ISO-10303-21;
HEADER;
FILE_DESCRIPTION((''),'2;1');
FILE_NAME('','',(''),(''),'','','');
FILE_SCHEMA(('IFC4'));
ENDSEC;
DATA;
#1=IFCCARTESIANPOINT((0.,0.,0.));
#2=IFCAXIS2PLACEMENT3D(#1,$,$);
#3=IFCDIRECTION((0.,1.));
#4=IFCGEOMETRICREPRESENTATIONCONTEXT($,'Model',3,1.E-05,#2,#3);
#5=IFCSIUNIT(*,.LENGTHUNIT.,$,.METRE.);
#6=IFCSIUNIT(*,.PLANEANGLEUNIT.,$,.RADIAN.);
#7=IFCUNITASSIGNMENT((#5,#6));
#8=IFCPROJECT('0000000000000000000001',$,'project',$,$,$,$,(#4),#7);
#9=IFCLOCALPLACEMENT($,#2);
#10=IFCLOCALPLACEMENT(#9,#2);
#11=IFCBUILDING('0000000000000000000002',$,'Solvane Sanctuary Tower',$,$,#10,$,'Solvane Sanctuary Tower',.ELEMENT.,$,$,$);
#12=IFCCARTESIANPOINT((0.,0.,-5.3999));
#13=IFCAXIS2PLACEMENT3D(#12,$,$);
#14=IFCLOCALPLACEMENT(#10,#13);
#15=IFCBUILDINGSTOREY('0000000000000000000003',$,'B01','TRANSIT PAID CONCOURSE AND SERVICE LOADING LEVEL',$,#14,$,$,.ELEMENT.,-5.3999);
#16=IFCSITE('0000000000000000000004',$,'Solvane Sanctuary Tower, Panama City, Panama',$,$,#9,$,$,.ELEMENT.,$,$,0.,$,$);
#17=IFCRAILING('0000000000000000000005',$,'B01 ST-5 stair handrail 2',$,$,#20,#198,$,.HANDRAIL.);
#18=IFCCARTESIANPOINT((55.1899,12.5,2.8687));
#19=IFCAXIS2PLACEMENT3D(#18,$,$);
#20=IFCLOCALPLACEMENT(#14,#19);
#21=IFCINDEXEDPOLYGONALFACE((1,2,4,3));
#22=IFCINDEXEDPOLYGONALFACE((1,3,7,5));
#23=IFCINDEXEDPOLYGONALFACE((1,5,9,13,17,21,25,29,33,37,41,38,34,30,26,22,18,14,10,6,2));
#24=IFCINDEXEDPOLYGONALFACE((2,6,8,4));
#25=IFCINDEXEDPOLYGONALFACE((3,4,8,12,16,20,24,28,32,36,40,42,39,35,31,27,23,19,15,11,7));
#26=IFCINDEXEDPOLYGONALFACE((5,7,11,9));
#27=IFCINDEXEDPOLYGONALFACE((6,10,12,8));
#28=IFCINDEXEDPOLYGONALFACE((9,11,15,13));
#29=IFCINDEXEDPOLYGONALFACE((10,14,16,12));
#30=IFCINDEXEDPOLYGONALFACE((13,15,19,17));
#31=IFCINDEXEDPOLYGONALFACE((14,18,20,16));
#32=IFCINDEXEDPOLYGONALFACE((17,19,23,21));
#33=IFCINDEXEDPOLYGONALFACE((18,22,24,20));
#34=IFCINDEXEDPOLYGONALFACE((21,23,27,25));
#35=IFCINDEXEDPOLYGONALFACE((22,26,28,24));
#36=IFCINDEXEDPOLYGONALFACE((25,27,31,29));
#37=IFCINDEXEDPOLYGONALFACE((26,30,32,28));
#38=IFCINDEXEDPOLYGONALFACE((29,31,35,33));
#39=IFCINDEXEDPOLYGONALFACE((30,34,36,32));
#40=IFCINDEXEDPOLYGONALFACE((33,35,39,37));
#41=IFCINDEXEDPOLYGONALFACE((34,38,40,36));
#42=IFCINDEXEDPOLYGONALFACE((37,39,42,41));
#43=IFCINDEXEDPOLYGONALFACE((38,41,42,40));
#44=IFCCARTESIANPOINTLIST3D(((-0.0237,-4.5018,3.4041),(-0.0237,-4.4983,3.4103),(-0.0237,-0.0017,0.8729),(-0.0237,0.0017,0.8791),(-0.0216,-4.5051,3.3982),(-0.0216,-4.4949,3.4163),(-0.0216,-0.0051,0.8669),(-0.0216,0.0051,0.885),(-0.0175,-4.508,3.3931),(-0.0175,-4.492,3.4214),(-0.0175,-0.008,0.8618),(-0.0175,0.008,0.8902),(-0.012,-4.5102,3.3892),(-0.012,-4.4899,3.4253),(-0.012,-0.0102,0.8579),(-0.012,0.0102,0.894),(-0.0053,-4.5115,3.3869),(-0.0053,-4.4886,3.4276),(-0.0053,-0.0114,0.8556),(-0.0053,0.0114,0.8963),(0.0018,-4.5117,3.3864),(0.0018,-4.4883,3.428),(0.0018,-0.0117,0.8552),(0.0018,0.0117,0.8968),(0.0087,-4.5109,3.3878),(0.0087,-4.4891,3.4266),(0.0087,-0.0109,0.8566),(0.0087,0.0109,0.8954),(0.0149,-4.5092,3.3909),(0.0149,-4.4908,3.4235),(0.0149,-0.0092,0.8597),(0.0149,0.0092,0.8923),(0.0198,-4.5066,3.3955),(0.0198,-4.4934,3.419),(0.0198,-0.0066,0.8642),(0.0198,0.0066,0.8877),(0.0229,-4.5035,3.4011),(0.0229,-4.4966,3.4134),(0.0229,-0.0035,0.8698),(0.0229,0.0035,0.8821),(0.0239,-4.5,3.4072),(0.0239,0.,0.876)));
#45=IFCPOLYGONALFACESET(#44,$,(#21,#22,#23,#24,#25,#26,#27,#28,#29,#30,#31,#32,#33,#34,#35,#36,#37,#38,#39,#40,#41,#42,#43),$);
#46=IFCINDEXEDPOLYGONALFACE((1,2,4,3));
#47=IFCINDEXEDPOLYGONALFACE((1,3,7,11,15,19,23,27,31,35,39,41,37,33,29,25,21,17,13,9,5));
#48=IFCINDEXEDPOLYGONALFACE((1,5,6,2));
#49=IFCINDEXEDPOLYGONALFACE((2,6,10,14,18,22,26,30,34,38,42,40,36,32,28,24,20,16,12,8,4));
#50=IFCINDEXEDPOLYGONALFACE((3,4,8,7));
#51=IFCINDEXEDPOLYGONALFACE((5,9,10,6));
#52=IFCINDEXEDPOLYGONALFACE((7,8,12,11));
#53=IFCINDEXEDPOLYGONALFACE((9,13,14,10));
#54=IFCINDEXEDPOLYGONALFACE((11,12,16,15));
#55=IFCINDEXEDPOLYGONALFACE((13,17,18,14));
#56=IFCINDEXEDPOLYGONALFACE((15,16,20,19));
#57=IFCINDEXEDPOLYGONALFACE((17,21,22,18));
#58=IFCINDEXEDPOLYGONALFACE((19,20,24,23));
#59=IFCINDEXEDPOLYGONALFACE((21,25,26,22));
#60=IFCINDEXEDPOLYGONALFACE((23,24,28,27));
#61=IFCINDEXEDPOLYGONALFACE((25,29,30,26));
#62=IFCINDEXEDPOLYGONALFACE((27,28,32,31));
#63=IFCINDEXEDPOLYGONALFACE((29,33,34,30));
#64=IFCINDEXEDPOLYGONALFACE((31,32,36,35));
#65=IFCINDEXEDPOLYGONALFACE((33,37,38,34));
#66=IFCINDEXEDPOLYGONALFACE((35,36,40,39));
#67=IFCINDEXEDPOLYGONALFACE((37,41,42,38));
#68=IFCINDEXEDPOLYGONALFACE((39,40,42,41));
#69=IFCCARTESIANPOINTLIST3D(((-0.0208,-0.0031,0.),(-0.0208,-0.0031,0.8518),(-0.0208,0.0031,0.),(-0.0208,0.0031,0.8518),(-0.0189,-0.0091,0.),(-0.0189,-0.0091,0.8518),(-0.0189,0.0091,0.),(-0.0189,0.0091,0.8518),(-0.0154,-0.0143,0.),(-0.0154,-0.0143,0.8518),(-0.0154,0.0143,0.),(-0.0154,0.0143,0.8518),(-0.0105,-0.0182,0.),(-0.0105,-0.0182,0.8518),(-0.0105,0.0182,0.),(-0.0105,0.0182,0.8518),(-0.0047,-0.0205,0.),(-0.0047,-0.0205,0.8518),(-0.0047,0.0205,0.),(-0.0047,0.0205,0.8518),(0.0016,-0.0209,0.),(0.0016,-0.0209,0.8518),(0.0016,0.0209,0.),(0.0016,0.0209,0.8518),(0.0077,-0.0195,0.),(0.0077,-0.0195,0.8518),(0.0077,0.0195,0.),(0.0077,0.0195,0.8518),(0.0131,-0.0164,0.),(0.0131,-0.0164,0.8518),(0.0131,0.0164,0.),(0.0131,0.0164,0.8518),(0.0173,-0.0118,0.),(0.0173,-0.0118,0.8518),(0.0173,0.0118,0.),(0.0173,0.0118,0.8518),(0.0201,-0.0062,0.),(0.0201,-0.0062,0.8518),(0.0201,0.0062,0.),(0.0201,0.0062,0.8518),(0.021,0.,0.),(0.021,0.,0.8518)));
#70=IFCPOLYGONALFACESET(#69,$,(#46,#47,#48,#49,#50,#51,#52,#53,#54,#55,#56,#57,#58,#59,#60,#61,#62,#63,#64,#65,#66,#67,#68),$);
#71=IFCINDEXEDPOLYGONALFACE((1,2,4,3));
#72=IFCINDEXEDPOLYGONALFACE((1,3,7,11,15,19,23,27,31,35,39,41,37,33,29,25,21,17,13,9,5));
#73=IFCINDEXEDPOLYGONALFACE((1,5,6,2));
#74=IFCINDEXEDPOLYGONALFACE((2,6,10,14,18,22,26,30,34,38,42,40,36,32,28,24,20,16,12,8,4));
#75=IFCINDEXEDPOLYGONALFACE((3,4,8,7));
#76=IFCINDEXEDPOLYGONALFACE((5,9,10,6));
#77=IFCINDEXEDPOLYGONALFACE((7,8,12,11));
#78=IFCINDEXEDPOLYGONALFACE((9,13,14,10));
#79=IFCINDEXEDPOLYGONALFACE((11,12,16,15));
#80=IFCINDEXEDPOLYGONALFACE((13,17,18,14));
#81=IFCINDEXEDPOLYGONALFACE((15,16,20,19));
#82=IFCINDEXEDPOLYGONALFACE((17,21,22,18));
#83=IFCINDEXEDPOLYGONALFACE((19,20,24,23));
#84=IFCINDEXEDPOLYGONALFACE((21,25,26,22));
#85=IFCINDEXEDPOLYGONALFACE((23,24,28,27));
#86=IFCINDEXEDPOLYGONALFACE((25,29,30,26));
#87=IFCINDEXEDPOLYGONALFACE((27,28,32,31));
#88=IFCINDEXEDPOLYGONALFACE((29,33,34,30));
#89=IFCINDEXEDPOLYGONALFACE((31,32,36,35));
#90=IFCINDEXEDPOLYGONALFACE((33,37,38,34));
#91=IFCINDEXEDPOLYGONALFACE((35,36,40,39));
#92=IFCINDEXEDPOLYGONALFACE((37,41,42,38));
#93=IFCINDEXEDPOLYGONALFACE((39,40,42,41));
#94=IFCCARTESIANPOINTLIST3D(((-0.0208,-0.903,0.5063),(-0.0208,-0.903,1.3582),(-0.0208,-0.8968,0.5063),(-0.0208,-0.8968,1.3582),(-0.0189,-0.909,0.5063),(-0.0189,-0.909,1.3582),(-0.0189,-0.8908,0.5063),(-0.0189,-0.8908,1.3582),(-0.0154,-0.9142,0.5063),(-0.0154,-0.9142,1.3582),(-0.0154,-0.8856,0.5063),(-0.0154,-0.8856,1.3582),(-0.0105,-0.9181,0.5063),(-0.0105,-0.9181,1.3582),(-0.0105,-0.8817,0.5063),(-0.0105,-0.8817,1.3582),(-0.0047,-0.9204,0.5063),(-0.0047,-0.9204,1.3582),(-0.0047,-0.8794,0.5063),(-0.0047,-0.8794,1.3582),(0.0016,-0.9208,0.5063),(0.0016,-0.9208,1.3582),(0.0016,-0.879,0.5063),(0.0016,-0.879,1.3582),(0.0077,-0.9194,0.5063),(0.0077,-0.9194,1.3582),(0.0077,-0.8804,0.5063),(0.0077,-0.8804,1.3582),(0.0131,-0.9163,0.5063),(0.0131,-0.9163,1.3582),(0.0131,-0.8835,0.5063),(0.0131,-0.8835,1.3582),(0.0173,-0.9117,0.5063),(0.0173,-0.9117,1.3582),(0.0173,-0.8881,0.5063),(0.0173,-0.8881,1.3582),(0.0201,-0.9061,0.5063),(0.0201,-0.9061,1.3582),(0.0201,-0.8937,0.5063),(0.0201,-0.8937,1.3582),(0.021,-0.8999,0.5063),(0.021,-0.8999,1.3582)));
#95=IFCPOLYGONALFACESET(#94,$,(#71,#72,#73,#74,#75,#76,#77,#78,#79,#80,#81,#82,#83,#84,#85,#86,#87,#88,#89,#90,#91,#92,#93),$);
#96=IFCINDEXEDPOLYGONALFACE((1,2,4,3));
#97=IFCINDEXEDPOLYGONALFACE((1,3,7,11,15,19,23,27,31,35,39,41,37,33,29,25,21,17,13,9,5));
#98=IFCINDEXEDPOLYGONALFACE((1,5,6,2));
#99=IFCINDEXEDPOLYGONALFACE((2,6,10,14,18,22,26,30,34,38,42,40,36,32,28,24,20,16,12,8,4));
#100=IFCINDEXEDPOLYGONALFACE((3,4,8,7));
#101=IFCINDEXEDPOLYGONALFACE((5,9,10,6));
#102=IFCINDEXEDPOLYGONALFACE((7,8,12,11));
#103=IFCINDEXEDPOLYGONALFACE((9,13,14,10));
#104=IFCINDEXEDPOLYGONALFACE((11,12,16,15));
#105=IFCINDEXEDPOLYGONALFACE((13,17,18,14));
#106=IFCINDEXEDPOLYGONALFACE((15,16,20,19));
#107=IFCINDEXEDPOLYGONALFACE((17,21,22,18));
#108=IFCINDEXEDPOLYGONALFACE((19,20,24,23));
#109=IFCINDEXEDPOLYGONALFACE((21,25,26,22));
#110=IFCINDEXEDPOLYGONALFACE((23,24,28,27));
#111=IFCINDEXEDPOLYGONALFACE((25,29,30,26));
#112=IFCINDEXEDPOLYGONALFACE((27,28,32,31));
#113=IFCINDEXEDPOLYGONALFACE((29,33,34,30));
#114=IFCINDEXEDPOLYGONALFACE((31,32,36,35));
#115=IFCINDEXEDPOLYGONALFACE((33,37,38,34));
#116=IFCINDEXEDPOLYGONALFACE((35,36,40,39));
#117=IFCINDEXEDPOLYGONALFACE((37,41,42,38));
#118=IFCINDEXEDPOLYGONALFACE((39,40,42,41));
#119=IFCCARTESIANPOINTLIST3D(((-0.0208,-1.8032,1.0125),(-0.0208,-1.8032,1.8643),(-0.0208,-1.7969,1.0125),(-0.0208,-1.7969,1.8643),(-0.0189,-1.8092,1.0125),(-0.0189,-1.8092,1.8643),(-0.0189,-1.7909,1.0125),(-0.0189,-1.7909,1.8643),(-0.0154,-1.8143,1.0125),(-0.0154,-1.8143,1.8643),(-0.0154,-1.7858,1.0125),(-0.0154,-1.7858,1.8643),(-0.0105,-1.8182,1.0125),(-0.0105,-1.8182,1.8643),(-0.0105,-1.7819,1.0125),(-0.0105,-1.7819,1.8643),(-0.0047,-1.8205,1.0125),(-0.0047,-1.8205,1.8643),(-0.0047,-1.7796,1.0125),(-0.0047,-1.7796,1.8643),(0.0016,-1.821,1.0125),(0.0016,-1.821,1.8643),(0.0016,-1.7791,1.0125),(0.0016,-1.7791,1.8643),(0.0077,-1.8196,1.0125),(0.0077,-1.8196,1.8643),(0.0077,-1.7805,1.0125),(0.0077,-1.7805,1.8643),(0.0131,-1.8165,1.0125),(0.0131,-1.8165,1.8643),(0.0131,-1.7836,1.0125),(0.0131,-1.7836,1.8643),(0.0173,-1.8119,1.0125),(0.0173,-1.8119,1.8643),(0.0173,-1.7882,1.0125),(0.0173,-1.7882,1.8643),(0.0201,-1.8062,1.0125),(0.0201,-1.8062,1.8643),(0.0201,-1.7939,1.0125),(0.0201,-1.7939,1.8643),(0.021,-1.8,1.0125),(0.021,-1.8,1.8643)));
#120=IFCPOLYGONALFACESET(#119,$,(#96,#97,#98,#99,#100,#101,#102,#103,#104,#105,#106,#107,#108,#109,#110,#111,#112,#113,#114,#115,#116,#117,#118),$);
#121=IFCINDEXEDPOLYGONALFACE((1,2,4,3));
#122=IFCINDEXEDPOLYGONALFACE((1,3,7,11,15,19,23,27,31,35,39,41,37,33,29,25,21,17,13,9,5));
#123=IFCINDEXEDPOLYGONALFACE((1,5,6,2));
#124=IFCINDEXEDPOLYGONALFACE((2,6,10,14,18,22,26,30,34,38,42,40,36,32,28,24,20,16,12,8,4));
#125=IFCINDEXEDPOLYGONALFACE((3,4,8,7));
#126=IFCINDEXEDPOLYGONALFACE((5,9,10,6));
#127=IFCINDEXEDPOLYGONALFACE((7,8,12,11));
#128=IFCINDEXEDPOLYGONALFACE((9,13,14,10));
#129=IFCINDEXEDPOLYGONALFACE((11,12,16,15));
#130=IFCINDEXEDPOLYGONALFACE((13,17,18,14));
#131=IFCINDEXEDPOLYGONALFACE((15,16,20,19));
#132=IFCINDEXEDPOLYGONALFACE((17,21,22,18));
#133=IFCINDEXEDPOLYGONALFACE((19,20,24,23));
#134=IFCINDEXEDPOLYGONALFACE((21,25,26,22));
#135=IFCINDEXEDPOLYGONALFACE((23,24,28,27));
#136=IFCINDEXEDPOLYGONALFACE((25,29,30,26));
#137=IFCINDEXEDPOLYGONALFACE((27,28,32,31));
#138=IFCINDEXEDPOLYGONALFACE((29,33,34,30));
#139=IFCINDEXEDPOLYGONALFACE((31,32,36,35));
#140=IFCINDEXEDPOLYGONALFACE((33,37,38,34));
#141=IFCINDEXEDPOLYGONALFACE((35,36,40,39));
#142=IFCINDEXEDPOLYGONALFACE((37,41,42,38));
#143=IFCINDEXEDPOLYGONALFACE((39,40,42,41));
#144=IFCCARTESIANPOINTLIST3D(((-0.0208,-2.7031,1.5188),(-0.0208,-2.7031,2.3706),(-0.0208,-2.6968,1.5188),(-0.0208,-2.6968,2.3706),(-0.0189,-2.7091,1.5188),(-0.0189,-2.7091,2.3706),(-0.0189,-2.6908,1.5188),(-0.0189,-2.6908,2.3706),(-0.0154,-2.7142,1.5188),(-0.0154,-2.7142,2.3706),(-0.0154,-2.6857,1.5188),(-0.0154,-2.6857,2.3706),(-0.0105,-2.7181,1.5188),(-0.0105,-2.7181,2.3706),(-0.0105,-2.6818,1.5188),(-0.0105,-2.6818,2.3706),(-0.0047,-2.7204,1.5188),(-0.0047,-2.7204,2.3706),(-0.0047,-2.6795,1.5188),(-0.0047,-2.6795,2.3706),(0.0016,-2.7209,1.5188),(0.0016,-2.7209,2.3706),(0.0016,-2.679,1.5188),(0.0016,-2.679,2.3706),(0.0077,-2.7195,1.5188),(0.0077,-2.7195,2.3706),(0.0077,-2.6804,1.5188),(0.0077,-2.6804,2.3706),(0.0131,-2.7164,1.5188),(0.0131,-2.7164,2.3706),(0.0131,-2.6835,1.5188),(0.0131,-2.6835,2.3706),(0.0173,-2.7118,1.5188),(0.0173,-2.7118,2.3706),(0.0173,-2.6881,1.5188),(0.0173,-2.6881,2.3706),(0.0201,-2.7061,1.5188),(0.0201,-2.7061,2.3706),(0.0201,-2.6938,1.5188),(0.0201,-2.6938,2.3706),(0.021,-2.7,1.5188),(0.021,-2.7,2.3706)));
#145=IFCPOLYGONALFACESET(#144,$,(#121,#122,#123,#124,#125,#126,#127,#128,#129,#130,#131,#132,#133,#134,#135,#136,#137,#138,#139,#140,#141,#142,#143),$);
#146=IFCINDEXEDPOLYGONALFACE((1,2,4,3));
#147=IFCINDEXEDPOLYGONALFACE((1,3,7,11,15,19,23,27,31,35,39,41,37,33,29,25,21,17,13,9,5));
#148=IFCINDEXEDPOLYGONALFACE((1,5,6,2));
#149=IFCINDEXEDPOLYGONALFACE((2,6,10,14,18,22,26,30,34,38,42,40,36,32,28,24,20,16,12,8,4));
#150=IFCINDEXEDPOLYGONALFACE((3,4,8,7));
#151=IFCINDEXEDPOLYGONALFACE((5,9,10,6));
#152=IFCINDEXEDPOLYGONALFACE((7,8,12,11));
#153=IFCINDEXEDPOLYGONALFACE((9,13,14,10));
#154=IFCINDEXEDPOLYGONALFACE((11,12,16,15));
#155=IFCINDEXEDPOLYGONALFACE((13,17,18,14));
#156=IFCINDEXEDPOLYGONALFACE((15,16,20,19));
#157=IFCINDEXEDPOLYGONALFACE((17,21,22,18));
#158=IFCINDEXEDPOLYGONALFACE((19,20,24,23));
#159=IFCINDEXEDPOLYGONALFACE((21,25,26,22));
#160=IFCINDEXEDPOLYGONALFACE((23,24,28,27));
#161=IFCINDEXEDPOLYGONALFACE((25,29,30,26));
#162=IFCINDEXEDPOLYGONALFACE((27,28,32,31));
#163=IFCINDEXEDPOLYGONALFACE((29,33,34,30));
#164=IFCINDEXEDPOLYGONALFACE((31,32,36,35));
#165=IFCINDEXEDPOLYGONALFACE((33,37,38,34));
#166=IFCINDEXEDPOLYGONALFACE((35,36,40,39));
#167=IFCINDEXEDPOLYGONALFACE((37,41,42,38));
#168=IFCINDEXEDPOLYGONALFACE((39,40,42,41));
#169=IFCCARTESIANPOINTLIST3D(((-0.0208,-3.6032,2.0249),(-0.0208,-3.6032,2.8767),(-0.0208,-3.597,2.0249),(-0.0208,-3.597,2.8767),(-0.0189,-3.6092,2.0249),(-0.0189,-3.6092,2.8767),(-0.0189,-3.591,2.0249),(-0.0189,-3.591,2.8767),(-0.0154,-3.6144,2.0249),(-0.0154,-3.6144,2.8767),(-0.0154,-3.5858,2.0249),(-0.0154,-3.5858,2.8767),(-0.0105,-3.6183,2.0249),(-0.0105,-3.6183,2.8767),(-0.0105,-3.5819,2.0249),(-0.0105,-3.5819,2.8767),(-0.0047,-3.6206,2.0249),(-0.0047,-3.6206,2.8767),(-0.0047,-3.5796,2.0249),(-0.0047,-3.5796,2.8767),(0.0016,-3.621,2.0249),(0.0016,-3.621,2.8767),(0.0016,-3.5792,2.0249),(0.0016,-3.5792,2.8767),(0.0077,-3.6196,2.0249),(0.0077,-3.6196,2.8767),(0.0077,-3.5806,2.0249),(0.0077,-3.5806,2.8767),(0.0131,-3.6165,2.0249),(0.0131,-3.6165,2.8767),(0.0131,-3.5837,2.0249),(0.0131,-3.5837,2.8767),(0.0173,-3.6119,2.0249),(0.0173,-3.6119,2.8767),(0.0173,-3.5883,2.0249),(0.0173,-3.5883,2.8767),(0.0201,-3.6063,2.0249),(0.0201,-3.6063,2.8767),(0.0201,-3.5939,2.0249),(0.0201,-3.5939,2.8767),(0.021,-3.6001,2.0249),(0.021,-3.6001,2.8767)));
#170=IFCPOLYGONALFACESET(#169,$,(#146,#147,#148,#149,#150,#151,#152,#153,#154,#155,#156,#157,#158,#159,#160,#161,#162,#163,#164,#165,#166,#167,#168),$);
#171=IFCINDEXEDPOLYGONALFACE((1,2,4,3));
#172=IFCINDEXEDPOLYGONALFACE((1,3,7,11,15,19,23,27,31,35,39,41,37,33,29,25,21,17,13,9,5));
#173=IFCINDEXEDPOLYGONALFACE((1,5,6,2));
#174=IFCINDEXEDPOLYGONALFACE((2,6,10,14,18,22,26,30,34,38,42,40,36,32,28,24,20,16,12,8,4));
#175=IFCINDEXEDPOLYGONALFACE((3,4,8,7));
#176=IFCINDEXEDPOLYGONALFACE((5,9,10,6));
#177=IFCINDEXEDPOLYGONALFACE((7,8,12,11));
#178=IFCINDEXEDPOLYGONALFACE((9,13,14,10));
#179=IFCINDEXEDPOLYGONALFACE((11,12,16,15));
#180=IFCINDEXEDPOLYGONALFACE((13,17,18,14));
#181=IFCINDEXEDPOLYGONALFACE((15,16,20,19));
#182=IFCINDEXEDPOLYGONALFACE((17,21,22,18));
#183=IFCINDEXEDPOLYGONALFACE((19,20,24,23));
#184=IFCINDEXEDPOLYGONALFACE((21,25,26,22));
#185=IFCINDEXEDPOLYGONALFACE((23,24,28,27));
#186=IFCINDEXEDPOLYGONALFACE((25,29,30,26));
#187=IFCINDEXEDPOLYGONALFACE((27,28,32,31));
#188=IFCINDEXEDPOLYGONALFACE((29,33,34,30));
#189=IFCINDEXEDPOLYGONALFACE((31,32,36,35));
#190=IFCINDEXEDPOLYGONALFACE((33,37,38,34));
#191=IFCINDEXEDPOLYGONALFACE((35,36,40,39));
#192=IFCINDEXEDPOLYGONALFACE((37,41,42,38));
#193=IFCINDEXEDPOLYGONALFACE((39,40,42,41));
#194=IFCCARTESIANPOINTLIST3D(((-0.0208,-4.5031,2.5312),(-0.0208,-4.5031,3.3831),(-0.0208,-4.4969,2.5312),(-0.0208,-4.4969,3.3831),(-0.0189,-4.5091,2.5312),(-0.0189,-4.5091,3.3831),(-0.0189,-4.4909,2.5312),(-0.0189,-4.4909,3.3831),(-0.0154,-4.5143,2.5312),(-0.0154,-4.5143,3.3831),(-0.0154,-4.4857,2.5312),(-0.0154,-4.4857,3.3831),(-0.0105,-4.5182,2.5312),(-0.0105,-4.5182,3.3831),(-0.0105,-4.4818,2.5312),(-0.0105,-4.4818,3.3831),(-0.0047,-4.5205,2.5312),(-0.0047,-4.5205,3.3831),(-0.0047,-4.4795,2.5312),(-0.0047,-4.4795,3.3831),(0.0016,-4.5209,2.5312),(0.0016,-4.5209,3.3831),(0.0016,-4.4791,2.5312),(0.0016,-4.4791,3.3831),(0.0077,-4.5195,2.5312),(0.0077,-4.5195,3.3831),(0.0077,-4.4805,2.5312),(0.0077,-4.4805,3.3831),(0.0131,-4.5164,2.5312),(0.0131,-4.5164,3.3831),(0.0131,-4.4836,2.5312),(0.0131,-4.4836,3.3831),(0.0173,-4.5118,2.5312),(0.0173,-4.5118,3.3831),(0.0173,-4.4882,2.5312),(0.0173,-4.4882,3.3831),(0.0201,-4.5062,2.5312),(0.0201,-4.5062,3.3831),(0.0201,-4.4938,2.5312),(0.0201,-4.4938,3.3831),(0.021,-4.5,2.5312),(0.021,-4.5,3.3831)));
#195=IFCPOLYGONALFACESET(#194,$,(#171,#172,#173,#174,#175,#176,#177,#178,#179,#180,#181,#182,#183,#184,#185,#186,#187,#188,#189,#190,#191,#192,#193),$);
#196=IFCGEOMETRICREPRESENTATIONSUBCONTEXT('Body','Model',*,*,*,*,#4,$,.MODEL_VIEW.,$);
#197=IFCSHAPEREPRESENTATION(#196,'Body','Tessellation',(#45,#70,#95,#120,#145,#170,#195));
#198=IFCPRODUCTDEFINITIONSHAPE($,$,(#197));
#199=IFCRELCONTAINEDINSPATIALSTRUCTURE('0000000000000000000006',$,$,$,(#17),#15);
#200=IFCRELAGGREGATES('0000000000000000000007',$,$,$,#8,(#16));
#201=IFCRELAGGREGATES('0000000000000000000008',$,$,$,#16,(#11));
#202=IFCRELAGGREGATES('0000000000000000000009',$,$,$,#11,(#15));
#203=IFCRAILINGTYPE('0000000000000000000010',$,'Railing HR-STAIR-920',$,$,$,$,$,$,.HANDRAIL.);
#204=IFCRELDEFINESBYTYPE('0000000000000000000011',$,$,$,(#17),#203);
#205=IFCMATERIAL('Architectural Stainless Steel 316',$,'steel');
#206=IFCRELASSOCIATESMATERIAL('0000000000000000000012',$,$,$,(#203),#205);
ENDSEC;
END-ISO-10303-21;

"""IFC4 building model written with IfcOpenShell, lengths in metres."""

from ifc_helpers import new_model, si_unit, direction, frame, origin, origin_2d, place, context, subcontext, project, spatial, circle, extrude, material, type_object, element, save


model = new_model("IFC4")

# Units and contexts
model_context = context("Model", 3, precision=1e-05, world=origin(), true_north=direction((0.0, 1.0)))
body_context = subcontext(model_context, "Body", "Model", "MODEL_VIEW")
ifc_project = project(units=[si_unit("LENGTHUNIT", "METRE"), si_unit("PLANEANGLEUNIT", "RADIAN")], contexts=[model_context])

# Site, building, storey
site_placement = place(None, origin())
site = spatial("IfcSite", under=ifc_project, at=site_placement, Name="Solvane Sanctuary Tower, Panama City, Panama", CompositionType="ELEMENT", RefElevation=0.0)
building_placement = place(site_placement, origin())
building = spatial("IfcBuilding", under=site, at=building_placement, Name="Solvane Sanctuary Tower", LongName="Solvane Sanctuary Tower", CompositionType="ELEMENT")
storey_placement = place(building_placement, frame((0.0, 0.0, -5.3999)))
storey = spatial("IfcBuildingStorey", under=building, at=storey_placement, Name="B01", Description="TRANSIT PAID CONCOURSE AND SERVICE LOADING LEVEL", CompositionType="ELEMENT", Elevation=-5.3999)

# Shared definitions
ifc_material_1 = material(Name="Architectural Stainless Steel 316", Category="steel")

# Railing
railing_type_1 = type_object("IfcRailingType", Name="Railing HR-STAIR-920", PredefinedType="HANDRAIL", material=ifc_material_1)
railing_1_placement = place(storey_placement, frame((55.1899, 12.5, 2.8687)))
element("IfcRailing", 1, at=railing_1_placement, inside=storey, type_object=railing_type_1, Name="B01 ST-5 stair handrail 2", PredefinedType="HANDRAIL", context=body_context, shape_type="SweptSolid", body=[
    extrude(circle(Radius=0.0239, at=origin_2d()), frame((0.0, 0.0, 0.876), z_axis=(0.0, -0.871576, 0.490261), x_axis=(1.0, 0.0, 0.0)), (0.0, 0.0, 1.0), 5.1631),
    extrude(circle(Radius=0.021, at=origin_2d()), origin(), (0.0, 0.0, 1.0), 0.8518),
    extrude(circle(Radius=0.021, at=origin_2d()), frame((0.0, -0.8999, 0.5063)), (0.0, 0.0, 1.0), 0.8518),
    extrude(circle(Radius=0.021, at=origin_2d()), frame((0.0, -1.8, 1.0125)), (0.0, 0.0, 1.0), 0.8518),
    extrude(circle(Radius=0.021, at=origin_2d()), frame((0.0, -2.7, 1.5188)), (0.0, 0.0, 1.0), 0.8518),
    extrude(circle(Radius=0.021, at=origin_2d()), frame((0.0, -3.6001, 2.0249)), (0.0, 0.0, 1.0), 0.8518),
    extrude(circle(Radius=0.021, at=origin_2d()), frame((0.0, -4.5, 2.5312)), (0.0, 0.0, 1.0), 0.8518),
])

save(model, "model.ifc")
